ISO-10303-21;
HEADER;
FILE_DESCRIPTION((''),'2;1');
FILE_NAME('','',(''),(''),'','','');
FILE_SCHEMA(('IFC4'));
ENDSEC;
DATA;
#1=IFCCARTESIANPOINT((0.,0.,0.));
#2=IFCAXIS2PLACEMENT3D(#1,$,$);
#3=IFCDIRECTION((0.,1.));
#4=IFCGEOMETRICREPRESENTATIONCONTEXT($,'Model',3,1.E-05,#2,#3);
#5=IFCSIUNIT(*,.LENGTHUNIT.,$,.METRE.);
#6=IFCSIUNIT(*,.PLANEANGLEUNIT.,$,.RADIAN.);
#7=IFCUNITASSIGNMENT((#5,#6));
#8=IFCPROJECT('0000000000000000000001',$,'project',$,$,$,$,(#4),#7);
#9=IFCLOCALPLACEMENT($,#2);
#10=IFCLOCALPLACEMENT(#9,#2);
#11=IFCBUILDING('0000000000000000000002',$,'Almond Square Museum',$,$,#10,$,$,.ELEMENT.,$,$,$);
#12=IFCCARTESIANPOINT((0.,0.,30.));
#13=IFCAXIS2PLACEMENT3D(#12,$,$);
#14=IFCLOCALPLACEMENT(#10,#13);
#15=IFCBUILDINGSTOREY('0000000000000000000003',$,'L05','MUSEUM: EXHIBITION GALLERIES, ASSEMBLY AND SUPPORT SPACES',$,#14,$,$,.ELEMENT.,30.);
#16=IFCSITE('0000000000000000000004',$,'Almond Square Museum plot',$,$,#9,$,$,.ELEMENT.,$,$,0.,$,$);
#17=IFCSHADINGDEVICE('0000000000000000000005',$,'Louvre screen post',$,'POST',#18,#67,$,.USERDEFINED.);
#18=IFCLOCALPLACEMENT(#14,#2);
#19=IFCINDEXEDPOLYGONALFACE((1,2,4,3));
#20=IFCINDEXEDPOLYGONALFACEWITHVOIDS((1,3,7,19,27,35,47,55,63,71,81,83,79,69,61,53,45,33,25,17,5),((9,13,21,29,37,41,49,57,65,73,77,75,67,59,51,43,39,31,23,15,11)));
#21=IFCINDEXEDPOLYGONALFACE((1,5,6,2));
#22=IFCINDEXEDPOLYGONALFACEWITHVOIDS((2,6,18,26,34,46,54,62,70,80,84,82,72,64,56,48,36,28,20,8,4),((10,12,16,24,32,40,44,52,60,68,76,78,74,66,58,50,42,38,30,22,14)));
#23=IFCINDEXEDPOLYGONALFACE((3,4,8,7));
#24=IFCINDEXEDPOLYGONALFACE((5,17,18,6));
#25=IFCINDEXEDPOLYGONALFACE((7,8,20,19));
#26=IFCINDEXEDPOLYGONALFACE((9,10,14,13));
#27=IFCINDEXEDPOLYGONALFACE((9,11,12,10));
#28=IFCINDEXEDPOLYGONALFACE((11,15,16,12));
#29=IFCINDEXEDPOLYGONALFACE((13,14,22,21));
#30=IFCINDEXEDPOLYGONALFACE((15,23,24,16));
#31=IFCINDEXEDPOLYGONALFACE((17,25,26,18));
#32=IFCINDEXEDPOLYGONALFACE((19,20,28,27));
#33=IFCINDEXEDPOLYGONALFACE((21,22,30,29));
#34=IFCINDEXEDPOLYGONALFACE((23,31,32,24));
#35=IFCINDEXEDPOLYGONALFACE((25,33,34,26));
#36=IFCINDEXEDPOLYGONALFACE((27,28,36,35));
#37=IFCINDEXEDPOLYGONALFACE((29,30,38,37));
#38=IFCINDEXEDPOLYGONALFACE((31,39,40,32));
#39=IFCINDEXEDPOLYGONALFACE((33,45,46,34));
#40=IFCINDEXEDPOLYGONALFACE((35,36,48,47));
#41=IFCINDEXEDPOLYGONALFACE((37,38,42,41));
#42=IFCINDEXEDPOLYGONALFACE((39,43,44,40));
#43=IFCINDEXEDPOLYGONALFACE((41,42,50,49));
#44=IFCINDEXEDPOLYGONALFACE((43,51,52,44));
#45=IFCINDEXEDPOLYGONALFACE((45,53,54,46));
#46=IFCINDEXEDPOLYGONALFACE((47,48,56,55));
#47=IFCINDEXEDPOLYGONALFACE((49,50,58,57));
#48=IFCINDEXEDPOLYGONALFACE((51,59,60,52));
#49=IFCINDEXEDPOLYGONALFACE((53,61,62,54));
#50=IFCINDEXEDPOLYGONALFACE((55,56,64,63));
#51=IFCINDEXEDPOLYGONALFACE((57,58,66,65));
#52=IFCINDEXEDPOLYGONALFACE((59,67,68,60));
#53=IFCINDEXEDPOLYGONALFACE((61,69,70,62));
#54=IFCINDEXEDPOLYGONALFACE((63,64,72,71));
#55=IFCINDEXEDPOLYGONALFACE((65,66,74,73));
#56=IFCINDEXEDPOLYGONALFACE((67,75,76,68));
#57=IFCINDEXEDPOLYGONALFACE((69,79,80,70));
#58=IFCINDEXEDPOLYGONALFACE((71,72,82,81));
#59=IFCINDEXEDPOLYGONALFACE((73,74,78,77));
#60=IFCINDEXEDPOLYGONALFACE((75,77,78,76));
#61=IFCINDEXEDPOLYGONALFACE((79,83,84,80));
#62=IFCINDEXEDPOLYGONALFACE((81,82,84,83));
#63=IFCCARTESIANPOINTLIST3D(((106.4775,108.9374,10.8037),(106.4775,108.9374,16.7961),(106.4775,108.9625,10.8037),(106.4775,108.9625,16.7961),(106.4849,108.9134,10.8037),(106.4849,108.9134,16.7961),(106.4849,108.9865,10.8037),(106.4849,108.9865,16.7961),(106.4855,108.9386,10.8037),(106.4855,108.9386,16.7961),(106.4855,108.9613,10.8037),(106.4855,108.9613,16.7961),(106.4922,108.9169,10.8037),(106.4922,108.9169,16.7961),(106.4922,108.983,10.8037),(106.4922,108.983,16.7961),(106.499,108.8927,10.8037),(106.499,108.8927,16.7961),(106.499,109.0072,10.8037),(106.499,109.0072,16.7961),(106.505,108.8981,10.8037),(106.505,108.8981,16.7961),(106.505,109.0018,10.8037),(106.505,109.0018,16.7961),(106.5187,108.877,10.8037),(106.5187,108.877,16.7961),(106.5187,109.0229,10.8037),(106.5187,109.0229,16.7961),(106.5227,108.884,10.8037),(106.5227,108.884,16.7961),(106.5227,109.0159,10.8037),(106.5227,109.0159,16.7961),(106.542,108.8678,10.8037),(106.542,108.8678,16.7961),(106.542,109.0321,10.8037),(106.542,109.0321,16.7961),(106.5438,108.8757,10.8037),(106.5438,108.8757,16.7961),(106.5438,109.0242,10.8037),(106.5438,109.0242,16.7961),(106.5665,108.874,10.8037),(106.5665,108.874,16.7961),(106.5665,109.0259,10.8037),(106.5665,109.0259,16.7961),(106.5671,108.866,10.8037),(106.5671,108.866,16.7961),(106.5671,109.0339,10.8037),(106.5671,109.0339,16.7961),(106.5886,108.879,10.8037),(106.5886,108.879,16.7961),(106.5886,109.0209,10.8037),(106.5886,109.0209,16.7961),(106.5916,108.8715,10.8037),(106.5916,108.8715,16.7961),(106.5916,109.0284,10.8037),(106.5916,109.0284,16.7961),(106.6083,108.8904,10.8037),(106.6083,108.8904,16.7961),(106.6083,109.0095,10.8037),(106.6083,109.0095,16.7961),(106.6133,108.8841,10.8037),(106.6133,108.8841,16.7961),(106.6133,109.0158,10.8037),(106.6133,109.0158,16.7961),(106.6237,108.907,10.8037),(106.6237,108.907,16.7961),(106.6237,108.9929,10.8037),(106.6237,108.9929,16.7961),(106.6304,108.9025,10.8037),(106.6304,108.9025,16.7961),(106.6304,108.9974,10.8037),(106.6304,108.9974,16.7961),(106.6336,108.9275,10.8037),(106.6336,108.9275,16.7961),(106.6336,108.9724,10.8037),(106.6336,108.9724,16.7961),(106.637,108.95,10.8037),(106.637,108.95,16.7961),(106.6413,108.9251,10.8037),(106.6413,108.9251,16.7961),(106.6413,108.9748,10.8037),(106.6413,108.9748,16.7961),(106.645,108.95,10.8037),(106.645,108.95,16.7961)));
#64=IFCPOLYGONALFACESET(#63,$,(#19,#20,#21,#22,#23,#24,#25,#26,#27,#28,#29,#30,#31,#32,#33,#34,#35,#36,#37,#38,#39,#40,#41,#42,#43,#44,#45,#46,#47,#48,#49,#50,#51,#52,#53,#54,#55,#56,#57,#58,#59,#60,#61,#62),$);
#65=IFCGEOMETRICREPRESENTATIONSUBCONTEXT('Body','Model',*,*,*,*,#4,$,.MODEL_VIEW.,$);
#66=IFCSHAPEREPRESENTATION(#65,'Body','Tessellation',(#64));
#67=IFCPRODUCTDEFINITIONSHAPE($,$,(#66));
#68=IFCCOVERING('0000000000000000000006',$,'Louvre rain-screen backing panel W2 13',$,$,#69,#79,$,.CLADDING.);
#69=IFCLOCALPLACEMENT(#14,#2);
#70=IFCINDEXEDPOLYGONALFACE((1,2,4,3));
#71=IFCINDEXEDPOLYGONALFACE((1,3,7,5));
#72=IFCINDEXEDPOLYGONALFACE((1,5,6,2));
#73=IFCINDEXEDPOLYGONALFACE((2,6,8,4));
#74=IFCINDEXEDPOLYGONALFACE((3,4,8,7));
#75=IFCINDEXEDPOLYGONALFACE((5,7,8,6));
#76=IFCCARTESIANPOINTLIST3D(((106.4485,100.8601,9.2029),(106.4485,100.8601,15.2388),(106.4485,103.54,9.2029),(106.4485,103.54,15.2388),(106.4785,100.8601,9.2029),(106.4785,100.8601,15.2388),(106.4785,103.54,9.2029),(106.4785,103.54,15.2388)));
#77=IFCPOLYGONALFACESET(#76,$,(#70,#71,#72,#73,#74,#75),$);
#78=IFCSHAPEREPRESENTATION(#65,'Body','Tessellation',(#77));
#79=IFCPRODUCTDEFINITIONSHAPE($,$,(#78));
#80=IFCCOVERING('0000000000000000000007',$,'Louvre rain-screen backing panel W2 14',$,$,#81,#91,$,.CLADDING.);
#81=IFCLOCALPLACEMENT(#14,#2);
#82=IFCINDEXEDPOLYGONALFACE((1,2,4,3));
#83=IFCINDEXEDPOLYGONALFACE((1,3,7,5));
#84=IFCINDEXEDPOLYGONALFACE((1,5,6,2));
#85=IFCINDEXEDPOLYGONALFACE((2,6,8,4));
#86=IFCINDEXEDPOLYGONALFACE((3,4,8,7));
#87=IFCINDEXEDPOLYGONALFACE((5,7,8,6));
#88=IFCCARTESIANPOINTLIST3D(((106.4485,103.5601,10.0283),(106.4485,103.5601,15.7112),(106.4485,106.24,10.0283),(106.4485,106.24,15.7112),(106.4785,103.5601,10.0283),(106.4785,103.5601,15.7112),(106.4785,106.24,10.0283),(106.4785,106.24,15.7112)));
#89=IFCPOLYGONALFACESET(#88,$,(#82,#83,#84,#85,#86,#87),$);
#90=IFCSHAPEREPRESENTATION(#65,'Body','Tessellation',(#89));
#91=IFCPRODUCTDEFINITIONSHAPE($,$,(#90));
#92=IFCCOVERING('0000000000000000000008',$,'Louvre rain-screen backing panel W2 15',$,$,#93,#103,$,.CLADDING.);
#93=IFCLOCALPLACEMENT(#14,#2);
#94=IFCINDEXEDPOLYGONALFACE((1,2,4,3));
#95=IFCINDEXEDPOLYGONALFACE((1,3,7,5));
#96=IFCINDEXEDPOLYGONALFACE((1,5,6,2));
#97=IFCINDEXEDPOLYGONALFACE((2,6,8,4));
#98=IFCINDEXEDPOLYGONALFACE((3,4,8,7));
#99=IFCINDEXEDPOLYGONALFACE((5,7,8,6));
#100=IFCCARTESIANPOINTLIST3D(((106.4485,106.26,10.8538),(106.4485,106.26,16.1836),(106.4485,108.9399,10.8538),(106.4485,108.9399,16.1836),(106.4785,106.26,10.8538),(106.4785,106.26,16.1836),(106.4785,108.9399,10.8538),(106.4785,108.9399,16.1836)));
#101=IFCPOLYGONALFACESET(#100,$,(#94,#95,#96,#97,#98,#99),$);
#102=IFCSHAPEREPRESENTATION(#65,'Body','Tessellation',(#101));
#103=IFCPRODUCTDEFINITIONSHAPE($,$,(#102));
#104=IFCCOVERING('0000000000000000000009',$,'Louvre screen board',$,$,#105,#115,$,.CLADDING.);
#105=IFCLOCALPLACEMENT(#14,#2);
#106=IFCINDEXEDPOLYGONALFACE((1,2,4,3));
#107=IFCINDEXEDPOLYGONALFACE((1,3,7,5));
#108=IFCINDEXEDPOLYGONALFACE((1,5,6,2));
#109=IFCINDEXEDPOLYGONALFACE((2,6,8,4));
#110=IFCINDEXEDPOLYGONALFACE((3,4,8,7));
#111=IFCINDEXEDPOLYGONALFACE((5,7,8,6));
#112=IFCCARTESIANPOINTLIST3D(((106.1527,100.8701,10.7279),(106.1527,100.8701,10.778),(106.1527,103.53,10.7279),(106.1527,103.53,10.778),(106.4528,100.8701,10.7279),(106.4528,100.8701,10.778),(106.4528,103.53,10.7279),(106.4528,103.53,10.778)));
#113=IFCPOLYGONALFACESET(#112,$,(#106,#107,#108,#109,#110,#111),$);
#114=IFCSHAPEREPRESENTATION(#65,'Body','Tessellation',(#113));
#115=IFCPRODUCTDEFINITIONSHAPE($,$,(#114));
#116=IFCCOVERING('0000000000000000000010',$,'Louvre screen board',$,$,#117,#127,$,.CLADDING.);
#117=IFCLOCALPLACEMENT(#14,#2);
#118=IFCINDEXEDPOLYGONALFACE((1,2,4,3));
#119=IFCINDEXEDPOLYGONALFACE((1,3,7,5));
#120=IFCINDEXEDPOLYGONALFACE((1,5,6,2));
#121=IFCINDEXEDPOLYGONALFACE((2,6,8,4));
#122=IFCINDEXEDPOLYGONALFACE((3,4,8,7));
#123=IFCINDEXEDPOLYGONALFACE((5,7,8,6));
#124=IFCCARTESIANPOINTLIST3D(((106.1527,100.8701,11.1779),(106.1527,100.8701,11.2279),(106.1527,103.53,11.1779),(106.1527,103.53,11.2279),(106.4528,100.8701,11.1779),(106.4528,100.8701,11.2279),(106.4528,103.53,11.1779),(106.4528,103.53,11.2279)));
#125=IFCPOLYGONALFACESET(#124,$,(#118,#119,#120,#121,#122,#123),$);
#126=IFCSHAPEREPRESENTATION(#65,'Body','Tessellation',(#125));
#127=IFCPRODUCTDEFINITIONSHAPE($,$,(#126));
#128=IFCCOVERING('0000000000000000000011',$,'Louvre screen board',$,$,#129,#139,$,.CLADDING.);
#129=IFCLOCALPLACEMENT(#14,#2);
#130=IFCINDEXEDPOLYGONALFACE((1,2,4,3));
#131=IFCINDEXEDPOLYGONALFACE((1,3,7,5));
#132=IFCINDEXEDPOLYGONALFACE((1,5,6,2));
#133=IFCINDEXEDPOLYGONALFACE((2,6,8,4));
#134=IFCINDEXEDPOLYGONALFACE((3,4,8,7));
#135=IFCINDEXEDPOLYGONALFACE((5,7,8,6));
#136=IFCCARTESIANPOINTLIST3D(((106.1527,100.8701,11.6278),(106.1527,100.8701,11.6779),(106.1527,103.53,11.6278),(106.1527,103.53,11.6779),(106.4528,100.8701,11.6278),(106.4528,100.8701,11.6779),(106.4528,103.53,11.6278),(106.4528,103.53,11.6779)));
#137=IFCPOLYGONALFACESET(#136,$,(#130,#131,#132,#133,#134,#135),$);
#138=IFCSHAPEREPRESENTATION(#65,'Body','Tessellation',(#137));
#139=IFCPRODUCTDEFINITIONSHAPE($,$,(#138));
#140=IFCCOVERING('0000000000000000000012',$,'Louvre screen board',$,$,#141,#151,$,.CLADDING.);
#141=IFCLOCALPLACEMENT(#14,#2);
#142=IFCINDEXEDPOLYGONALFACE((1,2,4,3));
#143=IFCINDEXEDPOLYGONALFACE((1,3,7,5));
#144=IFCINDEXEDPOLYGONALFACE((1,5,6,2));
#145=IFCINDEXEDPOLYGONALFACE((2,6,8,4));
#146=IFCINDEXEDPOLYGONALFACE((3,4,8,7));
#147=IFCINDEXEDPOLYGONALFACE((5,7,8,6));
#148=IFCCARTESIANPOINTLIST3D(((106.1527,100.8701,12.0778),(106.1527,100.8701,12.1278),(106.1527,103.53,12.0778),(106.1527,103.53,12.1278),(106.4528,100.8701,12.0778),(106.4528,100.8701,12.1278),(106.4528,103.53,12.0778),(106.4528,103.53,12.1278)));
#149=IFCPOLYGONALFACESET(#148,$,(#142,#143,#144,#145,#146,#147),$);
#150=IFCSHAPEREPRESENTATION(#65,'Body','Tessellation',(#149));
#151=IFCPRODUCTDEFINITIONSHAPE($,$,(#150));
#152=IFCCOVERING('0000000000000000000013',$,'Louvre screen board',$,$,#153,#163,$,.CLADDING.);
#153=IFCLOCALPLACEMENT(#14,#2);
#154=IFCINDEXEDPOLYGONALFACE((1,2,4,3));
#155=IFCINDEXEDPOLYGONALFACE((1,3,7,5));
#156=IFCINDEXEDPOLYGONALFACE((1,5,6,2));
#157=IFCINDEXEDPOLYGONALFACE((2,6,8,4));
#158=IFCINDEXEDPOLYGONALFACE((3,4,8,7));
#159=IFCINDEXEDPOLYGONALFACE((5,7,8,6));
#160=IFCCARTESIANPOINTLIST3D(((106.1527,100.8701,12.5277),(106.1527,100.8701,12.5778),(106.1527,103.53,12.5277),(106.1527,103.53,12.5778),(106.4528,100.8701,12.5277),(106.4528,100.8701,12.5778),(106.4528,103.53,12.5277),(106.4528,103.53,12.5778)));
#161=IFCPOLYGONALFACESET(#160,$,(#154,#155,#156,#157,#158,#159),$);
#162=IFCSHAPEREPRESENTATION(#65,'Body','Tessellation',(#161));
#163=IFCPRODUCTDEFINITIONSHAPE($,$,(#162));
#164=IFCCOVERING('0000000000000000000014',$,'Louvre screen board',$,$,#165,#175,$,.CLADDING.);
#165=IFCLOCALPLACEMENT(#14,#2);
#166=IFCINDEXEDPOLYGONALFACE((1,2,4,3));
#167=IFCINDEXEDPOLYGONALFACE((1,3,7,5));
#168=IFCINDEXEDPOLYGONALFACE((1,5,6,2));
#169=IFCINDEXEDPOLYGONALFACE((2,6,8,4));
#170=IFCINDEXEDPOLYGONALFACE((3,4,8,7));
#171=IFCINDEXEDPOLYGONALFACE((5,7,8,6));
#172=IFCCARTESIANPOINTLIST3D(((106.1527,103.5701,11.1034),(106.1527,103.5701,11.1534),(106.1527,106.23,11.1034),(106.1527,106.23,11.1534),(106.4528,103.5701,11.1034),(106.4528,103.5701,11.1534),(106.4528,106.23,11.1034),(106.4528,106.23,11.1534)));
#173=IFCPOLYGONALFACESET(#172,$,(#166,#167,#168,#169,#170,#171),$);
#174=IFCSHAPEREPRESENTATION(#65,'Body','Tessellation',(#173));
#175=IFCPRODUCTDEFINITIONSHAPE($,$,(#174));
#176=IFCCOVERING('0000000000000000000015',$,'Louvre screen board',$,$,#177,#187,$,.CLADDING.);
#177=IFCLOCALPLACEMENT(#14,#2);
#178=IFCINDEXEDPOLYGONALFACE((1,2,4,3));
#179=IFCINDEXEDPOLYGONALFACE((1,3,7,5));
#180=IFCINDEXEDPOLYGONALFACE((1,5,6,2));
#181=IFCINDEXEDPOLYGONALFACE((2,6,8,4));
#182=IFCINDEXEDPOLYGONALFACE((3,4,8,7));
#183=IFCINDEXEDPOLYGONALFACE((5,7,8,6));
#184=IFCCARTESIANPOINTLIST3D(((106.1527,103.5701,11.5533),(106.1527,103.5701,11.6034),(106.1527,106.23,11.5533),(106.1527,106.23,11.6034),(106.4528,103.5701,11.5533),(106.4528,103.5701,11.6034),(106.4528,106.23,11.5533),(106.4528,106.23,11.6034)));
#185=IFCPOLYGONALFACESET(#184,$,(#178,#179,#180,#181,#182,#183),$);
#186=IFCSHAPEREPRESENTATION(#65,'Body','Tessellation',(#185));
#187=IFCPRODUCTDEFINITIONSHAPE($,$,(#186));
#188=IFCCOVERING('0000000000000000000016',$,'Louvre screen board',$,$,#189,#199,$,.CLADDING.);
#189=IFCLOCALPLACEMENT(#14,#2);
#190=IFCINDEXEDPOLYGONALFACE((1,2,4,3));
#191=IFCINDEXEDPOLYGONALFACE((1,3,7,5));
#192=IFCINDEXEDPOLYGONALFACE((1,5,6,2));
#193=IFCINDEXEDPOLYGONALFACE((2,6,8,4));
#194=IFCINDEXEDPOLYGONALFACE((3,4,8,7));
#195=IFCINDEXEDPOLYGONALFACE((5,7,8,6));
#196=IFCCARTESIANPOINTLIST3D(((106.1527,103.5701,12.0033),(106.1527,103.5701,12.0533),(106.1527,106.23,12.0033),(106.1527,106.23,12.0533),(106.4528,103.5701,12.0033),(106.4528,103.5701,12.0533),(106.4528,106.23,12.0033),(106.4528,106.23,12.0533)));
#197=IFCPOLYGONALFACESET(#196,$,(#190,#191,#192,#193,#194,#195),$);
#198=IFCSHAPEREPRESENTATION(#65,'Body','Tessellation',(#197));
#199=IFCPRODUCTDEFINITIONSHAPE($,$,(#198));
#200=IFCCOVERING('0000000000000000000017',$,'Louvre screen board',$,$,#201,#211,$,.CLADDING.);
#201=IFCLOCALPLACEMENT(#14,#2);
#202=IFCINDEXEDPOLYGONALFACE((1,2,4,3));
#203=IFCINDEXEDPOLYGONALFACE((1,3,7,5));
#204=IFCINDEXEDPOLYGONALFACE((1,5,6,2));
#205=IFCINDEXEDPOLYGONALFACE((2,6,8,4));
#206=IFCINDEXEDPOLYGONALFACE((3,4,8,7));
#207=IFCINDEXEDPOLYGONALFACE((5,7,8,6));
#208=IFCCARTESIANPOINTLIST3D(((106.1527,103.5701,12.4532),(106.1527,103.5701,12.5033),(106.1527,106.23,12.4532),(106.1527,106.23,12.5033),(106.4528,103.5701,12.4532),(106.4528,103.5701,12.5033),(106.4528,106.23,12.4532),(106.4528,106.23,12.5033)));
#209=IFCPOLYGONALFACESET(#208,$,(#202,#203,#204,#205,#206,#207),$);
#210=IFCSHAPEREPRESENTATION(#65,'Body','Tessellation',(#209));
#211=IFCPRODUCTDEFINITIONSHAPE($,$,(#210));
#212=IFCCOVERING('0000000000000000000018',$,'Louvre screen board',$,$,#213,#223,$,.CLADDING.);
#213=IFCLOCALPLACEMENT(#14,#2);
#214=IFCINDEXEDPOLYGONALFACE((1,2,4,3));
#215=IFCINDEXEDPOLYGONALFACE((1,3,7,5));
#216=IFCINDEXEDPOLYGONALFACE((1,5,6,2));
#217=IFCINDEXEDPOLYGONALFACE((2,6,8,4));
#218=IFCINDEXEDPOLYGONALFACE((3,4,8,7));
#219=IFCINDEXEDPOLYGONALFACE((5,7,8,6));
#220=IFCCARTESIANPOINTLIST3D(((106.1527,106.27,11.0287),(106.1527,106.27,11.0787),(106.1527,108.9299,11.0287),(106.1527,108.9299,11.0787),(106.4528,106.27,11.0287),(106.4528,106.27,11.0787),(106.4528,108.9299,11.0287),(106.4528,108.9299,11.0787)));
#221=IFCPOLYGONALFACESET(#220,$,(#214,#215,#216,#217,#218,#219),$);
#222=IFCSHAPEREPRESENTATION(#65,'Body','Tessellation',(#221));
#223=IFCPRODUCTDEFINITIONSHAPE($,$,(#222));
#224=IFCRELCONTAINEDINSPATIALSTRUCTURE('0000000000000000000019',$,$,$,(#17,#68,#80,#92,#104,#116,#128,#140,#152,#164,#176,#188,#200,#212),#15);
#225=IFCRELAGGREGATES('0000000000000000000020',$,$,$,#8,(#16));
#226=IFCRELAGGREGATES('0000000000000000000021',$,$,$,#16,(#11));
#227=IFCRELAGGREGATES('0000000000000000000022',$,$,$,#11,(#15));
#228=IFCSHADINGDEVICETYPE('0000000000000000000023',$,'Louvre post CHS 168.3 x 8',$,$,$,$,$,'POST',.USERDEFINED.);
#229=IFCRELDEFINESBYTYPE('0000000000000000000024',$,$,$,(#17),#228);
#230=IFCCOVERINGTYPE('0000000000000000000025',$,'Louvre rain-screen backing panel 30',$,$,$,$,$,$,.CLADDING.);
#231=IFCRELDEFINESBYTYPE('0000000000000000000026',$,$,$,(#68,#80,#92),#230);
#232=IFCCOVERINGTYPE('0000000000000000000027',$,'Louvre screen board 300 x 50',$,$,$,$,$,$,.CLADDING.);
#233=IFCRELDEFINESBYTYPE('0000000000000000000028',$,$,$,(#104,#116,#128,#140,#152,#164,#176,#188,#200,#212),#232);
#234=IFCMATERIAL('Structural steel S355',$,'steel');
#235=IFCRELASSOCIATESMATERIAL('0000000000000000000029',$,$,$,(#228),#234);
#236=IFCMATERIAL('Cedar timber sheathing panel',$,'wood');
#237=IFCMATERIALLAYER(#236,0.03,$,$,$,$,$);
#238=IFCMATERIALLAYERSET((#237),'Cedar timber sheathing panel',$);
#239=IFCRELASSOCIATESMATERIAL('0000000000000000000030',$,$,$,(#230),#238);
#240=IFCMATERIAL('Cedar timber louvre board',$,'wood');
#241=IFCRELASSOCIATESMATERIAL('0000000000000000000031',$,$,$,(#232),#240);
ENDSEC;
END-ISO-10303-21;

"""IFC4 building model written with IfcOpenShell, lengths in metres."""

from ifc_helpers import new_model, si_unit, direction, frame, origin, origin_2d, place, context, subcontext, project, spatial, polyline, rectangle, hollow_circle, outline, extrude, material, layer, layer_set, material_profile, profile_set, type_object, element, save


model = new_model("IFC4")

# Units and contexts
model_context = context("Model", 3, precision=1e-05, world=origin(), true_north=direction((0.0, 1.0)))
body_context = subcontext(model_context, "Body", "Model", "MODEL_VIEW")
ifc_project = project(units=[si_unit("LENGTHUNIT", "METRE"), si_unit("PLANEANGLEUNIT", "RADIAN")], contexts=[model_context])

# Site, building, storey
site_placement = place(None, origin())
site = spatial("IfcSite", under=ifc_project, at=site_placement, Name="Almond Square Museum plot", CompositionType="ELEMENT", RefElevation=0.0)
building_placement = place(site_placement, origin())
building = spatial("IfcBuilding", under=site, at=building_placement, Name="Almond Square Museum", CompositionType="ELEMENT")
storey_placement = place(building_placement, frame((0.0, 0.0, 30.0)))
storey = spatial("IfcBuildingStorey", under=building, at=storey_placement, Name="L05", Description="MUSEUM: EXHIBITION GALLERIES, ASSEMBLY AND SUPPORT SPACES", CompositionType="ELEMENT", Elevation=30.0)

# Shading device
ifc_material_1 = material(Name="Structural steel S355", Category="steel")
ifc_material_profile_1 = material_profile(ifc_material_1, hollow_circle(Radius=0.0842, WallThickness=0.0081, at=origin_2d()))
ifc_profile_set_1 = profile_set([ifc_material_profile_1], Name="Structural steel S355")
shading_device_type = type_object("IfcShadingDeviceType", Name="Louvre post CHS 168.3 x 8", ElementType="POST", PredefinedType="USERDEFINED", material=ifc_profile_set_1)
shading_device_1_placement = place(storey_placement, frame((106.5608, 108.95, 10.8037), z_axis=(0.0, 0.0, 1.0), x_axis=(1.0, 0.0, 0.0)))
element("IfcShadingDevice", 1, at=shading_device_1_placement, inside=storey, type_object=shading_device_type, Name="Louvre screen post", ObjectType="POST", PredefinedType="USERDEFINED", context=body_context, shape_type="SweptSolid", body=[
    extrude(hollow_circle(Radius=0.0842, WallThickness=0.0081, at=origin_2d()), origin(), (0.0, 0.0, 1.0), 5.9924),
])

# Coverings
ifc_material_2 = material(Name="Cedar timber sheathing panel", Category="wood")
ifc_layer = layer(ifc_material_2, 0.03)
ifc_layer_set = layer_set([ifc_layer], Name="Cedar timber sheathing panel")
covering_type_1 = type_object("IfcCoveringType", Name="Louvre rain-screen backing panel 30", PredefinedType="CLADDING", material=ifc_layer_set)
covering_1_placement = place(storey_placement, frame((106.4636, 100.8601, 9.2029), z_axis=(1.0, 0.0, 0.0), x_axis=(0.0, 1.0, 0.0)))
element("IfcCovering", 2, at=covering_1_placement, inside=storey, type_object=covering_type_1, Name="Louvre rain-screen backing panel W2 13", PredefinedType="CLADDING", context=body_context, shape_type="SweptSolid", body=[
    extrude(outline(polyline([(0.0, 0.0), (2.6799, 0.0), (2.6799, 6.0359), (0.0, 6.0359), (0.0, 0.0)])), frame((0.0, 0.0, -0.0151)), (0.0, 0.0, 1.0), 0.03),
])
covering_2_placement = place(storey_placement, frame((106.4636, 103.5601, 10.0283), z_axis=(1.0, 0.0, 0.0), x_axis=(0.0, 1.0, 0.0)))
element("IfcCovering", 3, at=covering_2_placement, inside=storey, type_object=covering_type_1, Name="Louvre rain-screen backing panel W2 14", PredefinedType="CLADDING", context=body_context, shape_type="SweptSolid", body=[
    extrude(outline(polyline([(0.0, 0.0), (2.6799, 0.0), (2.6799, 5.6829), (0.0, 5.6829), (0.0, 0.0)])), frame((0.0, 0.0, -0.0151)), (0.0, 0.0, 1.0), 0.03),
])
covering_3_placement = place(storey_placement, frame((106.4636, 106.26, 10.8538), z_axis=(1.0, 0.0, 0.0), x_axis=(0.0, 1.0, 0.0)))
element("IfcCovering", 4, at=covering_3_placement, inside=storey, type_object=covering_type_1, Name="Louvre rain-screen backing panel W2 15", PredefinedType="CLADDING", context=body_context, shape_type="SweptSolid", body=[
    extrude(outline(polyline([(0.0, 0.0), (2.6799, 0.0), (2.6799, 5.3298), (0.0, 5.3298), (0.0, 0.0)])), frame((0.0, 0.0, -0.0151)), (0.0, 0.0, 1.0), 0.03),
])
ifc_material_3 = material(Name="Cedar timber louvre board", Category="wood")
ifc_material_profile_2 = material_profile(ifc_material_3, rectangle(XDim=0.3, YDim=0.05, at=origin_2d()))
ifc_profile_set_2 = profile_set([ifc_material_profile_2], Name="Cedar timber louvre board")
covering_type_2 = type_object("IfcCoveringType", Name="Louvre screen board 300 x 50", PredefinedType="CLADDING", material=ifc_profile_set_2)
for number, where, z_axis, x_axis, name in (
    (5, (106.3027, 100.8701, 10.7529), (0.0, 1.0, 0.0), (-1.0, 0.0, 0.0), "Louvre screen board"),
    (6, (106.3027, 100.8701, 11.2029), (0.0, 1.0, 0.0), (-1.0, 0.0, 0.0), "Louvre screen board"),
    (7, (106.3027, 100.8701, 11.6528), (0.0, 1.0, 0.0), (-1.0, 0.0, 0.0), "Louvre screen board"),
    (8, (106.3027, 100.8701, 12.1028), (0.0, 1.0, 0.0), (-1.0, 0.0, 0.0), "Louvre screen board"),
    (9, (106.3027, 100.8701, 12.5527), (0.0, 1.0, 0.0), (-1.0, 0.0, 0.0), "Louvre screen board"),
    (10, (106.3027, 103.5701, 11.1284), (0.0, 1.0, 0.0), (-1.0, 0.0, 0.0), "Louvre screen board"),
    (11, (106.3027, 103.5701, 11.5784), (0.0, 1.0, 0.0), (-1.0, 0.0, 0.0), "Louvre screen board"),
    (12, (106.3027, 103.5701, 12.0283), (0.0, 1.0, 0.0), (-1.0, 0.0, 0.0), "Louvre screen board"),
    (13, (106.3027, 103.5701, 12.4783), (0.0, 1.0, 0.0), (-1.0, 0.0, 0.0), "Louvre screen board"),
    (14, (106.3027, 106.27, 11.0537), (0.0, 1.0, 0.0), (-1.0, 0.0, 0.0), "Louvre screen board"),
):
    element("IfcCovering", number, at=place(storey_placement, frame(where, z_axis=z_axis, x_axis=x_axis)), inside=storey, type_object=covering_type_2, Name=name, PredefinedType="CLADDING", context=body_context, shape_type="SweptSolid", body=[
        extrude(rectangle(XDim=0.3, YDim=0.05, at=origin_2d()), origin(), (0.0, 0.0, 1.0), 2.6599),
    ])

save(model, "model.ifc")
